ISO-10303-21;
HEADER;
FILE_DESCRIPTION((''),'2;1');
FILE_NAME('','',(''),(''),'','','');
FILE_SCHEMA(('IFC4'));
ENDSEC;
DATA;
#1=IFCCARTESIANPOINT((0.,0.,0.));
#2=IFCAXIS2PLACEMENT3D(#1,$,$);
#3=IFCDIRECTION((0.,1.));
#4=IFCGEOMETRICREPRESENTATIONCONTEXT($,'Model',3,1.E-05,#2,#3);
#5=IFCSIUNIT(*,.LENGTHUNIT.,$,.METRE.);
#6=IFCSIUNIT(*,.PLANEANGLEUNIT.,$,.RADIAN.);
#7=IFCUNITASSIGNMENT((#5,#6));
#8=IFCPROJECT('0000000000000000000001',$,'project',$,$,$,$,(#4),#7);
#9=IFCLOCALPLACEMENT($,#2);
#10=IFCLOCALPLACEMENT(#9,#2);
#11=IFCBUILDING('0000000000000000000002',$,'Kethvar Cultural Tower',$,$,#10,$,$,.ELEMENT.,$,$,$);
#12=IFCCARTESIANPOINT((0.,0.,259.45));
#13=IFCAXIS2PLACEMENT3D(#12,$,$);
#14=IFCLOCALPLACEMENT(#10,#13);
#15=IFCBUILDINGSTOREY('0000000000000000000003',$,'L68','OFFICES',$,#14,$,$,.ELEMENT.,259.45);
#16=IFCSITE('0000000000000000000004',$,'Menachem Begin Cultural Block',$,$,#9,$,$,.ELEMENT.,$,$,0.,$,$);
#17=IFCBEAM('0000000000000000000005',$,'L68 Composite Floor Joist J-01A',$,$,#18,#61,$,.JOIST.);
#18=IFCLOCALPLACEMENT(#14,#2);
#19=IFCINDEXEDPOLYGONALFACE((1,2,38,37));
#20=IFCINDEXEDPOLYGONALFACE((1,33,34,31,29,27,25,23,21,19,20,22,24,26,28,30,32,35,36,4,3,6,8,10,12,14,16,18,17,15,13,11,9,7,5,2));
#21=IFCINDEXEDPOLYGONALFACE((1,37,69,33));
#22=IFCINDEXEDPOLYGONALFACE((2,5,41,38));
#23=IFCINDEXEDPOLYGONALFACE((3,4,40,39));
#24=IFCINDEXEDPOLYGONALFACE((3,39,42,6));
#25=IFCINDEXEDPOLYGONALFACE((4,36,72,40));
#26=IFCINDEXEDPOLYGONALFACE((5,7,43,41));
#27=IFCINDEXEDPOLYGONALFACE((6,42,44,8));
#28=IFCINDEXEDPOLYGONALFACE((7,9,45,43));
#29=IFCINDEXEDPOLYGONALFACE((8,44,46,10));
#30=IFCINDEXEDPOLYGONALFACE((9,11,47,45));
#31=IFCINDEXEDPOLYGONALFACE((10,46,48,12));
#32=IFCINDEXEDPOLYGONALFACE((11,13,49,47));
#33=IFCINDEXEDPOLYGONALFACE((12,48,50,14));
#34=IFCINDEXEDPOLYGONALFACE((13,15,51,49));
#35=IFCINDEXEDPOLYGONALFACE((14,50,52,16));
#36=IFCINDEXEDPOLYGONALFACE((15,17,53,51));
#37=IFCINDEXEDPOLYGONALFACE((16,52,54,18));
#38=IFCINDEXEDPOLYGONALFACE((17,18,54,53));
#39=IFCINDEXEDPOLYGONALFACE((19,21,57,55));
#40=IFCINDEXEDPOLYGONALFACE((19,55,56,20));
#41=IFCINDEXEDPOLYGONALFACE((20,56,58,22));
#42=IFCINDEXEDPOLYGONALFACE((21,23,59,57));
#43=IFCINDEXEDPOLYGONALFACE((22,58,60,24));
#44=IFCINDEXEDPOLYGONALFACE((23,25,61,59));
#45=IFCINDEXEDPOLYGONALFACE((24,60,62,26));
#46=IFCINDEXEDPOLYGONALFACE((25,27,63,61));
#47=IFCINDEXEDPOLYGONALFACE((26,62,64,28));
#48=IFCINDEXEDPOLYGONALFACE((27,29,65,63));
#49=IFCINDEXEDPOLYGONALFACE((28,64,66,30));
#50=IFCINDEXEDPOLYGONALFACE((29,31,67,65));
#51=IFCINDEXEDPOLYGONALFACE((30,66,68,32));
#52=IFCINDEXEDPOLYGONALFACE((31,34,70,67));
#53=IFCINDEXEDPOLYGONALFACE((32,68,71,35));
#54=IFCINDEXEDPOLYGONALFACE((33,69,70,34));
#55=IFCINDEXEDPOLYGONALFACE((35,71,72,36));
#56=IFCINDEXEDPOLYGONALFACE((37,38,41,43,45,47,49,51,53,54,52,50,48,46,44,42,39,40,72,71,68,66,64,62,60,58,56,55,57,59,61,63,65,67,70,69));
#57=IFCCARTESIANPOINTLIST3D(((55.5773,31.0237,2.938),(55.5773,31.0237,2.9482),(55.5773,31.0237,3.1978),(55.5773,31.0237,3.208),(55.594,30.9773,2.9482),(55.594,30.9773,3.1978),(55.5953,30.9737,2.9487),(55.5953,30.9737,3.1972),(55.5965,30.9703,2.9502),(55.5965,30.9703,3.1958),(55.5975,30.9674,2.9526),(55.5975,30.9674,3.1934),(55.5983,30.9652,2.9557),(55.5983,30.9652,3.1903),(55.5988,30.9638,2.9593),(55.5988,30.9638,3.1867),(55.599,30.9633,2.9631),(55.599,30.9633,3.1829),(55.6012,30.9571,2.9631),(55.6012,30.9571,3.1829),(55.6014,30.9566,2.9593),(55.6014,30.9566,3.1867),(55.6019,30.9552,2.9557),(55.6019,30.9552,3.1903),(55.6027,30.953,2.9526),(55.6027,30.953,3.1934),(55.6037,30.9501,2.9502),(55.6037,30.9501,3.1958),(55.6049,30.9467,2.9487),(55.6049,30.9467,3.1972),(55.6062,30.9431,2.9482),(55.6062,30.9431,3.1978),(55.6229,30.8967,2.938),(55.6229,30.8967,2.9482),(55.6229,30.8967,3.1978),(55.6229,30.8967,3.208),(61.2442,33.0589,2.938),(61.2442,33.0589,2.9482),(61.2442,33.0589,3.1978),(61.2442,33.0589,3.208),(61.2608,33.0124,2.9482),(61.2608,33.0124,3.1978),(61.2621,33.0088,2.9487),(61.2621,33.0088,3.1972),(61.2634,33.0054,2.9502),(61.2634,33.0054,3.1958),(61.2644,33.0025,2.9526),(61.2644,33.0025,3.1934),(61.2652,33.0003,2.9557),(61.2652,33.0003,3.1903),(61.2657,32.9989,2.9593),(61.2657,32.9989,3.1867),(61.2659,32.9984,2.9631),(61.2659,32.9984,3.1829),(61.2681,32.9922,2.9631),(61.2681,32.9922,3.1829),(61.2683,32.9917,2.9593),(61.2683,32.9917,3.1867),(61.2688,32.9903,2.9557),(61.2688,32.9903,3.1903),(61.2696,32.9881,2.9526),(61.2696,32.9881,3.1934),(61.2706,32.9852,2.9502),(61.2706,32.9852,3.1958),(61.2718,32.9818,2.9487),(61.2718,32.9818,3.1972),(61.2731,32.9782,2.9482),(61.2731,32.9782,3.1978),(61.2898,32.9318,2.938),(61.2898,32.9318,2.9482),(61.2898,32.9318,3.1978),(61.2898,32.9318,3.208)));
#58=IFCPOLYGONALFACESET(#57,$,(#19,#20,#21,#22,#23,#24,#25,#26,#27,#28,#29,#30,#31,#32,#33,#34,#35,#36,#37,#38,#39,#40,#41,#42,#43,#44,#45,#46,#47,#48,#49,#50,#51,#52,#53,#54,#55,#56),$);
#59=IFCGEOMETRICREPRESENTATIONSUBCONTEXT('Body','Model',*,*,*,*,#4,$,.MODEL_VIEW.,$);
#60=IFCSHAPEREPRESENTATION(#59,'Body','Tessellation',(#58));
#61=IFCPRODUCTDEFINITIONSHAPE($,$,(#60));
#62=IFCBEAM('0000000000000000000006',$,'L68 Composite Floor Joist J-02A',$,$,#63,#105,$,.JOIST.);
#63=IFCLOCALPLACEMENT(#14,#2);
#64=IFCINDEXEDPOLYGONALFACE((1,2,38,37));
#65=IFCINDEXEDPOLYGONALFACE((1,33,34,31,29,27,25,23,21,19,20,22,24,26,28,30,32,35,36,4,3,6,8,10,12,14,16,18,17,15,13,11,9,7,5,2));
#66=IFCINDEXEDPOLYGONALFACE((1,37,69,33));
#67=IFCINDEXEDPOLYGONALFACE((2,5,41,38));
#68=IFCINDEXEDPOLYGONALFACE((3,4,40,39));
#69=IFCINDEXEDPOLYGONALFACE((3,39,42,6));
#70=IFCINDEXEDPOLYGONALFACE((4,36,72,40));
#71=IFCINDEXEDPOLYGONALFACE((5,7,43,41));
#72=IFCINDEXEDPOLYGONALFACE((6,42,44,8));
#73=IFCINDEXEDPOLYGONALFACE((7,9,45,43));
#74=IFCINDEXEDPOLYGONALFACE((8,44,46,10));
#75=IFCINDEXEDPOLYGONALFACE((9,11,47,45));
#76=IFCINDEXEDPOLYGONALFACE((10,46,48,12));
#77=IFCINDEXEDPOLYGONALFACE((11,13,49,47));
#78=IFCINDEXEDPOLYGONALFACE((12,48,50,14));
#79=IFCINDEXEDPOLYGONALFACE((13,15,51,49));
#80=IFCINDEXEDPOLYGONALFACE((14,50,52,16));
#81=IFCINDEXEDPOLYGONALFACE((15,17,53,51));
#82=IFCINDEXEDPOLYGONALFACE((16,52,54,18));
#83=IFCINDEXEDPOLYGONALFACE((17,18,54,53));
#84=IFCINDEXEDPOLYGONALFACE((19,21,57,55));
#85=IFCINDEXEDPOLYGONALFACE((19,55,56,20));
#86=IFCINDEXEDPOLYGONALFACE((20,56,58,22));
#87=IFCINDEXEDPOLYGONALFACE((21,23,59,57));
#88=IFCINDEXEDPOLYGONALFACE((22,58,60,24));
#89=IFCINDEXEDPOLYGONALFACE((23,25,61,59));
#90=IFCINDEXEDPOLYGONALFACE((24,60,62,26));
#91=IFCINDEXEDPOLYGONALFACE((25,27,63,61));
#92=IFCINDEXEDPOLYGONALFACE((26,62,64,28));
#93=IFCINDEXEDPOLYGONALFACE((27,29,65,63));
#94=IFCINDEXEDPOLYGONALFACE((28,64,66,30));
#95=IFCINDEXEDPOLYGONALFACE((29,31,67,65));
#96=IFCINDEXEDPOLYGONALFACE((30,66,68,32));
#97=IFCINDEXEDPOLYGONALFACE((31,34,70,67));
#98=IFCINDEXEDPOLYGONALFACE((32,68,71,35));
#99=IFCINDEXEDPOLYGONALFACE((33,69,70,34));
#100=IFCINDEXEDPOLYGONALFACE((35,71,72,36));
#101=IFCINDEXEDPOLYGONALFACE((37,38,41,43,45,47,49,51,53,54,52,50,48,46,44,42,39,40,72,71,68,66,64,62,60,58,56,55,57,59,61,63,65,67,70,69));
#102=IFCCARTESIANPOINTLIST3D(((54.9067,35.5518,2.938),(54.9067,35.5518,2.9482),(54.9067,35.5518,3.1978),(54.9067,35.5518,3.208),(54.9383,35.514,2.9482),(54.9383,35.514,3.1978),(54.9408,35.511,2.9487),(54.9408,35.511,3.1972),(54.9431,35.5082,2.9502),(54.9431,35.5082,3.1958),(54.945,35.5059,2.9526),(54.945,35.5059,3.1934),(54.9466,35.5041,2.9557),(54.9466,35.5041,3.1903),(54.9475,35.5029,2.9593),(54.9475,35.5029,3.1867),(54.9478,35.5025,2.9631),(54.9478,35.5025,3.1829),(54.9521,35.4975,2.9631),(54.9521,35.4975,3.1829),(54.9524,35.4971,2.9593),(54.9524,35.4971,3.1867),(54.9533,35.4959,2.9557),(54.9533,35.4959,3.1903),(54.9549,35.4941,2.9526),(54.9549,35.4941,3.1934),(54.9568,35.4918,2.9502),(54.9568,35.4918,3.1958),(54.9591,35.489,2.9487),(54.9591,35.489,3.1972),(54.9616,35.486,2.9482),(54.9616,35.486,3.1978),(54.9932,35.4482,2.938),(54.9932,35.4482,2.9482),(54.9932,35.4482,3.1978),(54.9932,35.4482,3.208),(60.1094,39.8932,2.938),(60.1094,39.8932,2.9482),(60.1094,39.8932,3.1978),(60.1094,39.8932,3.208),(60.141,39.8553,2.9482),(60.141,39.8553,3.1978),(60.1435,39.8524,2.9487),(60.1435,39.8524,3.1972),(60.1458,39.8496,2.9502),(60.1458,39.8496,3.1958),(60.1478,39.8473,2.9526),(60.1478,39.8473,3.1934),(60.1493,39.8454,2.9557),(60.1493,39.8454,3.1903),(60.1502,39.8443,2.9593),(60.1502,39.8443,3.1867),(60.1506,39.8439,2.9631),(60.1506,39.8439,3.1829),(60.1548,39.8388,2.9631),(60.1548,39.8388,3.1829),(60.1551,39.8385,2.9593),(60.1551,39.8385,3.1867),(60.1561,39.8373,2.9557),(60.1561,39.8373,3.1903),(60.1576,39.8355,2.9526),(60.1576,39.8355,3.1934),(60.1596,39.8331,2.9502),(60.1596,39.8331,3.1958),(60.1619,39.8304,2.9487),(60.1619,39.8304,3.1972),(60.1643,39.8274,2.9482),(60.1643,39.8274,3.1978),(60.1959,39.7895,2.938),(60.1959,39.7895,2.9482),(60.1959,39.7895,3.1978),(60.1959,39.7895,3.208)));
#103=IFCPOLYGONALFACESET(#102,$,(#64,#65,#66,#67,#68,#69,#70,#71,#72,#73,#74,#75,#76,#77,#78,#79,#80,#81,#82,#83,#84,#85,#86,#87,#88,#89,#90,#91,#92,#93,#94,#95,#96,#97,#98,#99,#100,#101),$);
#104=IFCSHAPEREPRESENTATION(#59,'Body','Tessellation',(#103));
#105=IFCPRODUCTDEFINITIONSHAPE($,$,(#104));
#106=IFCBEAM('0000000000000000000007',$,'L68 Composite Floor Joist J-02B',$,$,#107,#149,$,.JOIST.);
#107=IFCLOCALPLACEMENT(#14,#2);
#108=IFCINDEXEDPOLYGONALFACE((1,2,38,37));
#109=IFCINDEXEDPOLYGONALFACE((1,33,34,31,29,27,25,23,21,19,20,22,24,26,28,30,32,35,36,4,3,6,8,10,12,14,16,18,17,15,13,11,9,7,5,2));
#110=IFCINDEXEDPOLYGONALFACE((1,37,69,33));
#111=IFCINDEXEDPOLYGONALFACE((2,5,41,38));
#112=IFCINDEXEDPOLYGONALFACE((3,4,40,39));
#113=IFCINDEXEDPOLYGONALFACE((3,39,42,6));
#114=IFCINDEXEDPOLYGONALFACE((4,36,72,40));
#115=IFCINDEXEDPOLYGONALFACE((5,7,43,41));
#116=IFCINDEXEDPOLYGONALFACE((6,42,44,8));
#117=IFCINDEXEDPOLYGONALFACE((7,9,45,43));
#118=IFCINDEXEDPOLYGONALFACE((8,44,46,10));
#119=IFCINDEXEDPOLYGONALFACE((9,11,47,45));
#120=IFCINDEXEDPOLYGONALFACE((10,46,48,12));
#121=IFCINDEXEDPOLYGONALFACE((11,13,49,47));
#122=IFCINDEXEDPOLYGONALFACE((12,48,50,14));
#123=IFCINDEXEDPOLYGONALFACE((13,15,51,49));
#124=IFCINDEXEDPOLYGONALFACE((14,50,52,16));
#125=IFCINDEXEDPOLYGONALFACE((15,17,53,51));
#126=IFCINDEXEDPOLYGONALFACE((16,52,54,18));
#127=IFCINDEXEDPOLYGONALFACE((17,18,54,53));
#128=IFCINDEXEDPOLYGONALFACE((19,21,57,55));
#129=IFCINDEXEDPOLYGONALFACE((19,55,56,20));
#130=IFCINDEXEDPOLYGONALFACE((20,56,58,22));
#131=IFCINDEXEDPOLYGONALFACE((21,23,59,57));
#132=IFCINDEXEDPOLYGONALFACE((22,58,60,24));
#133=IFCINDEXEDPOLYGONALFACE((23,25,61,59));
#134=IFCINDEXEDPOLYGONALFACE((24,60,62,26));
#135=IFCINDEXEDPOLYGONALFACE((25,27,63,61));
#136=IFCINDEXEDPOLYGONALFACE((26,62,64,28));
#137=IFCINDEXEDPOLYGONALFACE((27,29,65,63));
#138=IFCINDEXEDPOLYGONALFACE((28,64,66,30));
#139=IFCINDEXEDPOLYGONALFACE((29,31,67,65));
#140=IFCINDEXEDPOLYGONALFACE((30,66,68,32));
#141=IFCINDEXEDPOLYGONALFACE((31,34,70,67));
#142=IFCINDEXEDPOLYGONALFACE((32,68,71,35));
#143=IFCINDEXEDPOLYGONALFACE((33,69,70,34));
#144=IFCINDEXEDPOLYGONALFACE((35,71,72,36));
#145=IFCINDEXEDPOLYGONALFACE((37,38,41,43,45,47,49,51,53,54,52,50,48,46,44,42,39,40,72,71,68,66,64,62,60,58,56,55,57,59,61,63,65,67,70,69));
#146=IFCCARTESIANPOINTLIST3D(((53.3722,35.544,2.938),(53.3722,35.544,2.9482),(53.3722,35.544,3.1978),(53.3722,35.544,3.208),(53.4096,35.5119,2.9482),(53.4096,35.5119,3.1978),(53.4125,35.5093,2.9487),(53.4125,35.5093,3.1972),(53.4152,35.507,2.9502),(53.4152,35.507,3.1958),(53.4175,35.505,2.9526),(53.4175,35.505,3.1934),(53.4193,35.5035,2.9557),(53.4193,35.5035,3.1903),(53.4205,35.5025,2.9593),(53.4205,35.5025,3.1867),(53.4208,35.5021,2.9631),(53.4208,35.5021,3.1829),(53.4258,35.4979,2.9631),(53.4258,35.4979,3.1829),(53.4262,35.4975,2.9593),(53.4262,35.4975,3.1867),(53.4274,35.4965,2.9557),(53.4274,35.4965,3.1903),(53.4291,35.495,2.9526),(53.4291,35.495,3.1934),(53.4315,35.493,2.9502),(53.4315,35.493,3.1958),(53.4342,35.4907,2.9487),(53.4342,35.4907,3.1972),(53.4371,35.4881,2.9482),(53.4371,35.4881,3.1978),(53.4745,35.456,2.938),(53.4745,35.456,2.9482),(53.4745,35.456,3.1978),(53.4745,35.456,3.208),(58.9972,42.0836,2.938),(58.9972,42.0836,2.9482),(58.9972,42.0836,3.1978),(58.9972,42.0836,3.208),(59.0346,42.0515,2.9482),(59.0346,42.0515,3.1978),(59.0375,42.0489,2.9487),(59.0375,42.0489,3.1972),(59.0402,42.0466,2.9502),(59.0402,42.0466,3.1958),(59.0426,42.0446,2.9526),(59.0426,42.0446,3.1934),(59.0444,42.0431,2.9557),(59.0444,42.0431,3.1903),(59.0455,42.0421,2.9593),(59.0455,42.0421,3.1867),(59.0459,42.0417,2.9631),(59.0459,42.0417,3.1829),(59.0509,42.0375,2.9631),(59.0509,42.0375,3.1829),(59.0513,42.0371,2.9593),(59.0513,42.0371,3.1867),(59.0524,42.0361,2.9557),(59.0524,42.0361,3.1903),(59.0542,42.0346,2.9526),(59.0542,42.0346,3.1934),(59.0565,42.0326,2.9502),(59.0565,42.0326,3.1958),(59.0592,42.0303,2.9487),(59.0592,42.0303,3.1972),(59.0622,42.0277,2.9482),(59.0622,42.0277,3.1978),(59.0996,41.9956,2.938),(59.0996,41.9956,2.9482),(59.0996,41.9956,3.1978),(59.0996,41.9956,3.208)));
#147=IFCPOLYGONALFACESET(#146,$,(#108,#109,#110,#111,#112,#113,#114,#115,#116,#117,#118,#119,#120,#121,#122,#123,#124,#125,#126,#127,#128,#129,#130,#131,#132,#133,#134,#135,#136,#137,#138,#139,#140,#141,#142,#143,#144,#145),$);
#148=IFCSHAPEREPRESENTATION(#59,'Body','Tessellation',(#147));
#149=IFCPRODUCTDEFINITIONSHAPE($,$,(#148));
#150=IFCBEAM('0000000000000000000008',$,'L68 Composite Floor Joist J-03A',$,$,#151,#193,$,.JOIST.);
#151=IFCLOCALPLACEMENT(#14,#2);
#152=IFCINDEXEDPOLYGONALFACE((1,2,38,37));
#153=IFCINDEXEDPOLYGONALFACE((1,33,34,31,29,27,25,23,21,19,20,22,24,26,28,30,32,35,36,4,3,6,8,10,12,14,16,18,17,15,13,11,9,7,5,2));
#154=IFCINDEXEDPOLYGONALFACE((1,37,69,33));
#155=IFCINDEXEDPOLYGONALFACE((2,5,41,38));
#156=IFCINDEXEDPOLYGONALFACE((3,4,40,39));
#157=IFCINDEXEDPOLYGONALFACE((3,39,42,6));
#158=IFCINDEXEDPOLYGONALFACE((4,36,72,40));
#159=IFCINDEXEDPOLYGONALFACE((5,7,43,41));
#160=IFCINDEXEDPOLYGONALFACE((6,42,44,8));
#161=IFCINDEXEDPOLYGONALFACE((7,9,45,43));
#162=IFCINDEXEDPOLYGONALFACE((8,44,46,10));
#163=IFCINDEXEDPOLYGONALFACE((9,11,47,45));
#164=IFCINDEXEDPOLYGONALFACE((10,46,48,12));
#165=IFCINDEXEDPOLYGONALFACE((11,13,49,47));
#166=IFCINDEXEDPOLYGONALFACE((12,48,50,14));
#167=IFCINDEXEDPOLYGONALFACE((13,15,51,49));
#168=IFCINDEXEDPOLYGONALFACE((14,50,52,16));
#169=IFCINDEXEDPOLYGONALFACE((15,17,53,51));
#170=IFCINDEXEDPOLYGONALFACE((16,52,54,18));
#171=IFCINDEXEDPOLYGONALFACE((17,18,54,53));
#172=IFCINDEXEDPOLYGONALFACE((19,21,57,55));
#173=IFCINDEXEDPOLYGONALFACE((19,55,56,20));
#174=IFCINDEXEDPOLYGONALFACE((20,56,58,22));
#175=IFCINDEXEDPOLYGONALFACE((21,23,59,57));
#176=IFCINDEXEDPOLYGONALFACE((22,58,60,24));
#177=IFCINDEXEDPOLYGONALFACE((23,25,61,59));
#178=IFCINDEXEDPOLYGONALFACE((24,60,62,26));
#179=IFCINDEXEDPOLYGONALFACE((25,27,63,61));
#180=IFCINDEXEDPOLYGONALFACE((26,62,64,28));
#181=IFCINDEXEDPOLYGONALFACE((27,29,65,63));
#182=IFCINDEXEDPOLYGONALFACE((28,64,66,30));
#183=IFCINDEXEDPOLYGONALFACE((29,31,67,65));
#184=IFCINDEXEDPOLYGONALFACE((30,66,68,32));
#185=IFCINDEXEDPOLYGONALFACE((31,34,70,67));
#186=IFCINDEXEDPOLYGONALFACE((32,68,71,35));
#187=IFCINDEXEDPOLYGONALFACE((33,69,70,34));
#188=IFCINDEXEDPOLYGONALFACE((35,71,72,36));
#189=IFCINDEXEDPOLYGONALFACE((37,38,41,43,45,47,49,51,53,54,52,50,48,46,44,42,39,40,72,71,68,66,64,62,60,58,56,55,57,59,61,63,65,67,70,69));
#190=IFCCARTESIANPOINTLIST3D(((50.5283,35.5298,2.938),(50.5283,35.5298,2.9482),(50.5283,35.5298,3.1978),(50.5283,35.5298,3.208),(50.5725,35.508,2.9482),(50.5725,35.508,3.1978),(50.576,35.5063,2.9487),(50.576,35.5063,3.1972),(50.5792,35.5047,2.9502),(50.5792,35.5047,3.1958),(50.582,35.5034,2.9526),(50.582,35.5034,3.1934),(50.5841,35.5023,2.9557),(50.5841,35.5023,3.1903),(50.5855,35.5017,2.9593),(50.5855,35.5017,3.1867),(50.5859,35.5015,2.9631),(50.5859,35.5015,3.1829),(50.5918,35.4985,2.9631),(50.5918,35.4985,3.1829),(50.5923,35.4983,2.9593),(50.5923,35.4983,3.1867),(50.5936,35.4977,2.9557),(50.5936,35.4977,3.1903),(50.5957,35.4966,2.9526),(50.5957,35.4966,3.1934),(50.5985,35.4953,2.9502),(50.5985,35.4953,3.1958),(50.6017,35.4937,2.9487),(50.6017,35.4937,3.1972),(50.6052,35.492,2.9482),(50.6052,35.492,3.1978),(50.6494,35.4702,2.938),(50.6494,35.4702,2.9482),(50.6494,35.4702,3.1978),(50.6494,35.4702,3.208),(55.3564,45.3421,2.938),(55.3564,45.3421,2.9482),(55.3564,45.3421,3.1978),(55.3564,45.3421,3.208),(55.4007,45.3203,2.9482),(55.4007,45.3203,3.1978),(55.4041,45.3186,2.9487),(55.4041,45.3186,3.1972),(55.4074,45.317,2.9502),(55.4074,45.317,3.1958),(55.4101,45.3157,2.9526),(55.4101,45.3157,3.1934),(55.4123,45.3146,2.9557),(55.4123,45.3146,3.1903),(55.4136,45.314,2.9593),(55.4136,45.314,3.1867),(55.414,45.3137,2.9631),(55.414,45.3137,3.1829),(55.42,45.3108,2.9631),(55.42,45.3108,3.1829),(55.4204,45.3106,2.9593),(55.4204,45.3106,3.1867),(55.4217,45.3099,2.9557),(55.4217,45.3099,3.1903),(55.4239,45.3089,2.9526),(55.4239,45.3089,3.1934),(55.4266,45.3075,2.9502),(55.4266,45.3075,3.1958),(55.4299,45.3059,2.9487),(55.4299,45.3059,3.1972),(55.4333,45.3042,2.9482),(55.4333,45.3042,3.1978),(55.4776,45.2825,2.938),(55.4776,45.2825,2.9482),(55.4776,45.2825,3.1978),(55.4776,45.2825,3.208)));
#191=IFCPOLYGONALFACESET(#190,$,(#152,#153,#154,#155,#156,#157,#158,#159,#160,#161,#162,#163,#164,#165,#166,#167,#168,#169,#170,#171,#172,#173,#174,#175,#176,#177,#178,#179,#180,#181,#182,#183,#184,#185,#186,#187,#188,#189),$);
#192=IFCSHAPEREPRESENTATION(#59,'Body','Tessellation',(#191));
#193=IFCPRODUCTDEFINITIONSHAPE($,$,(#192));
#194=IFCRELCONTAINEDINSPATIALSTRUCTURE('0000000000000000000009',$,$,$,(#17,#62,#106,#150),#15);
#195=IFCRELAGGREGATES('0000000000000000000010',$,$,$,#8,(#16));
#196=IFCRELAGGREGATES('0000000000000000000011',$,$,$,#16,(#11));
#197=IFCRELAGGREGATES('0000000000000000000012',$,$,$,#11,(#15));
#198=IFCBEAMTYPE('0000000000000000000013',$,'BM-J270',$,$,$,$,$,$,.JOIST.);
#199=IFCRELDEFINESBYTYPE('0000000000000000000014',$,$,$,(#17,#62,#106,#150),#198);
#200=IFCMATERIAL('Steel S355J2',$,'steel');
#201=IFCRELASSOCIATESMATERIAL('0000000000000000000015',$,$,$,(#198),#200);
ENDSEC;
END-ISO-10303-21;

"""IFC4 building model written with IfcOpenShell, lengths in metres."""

from ifc_helpers import new_model, si_unit, direction, frame, origin, origin_2d, place, context, subcontext, project, spatial, i_section, extrude, source, transform, mapped, material, material_profile, profile_set, type_object, element, save


model = new_model("IFC4")

# Units and contexts
model_context = context("Model", 3, precision=1e-05, world=origin(), true_north=direction((0.0, 1.0)))
body_context = subcontext(model_context, "Body", "Model", "MODEL_VIEW")
ifc_project = project(units=[si_unit("LENGTHUNIT", "METRE"), si_unit("PLANEANGLEUNIT", "RADIAN")], contexts=[model_context])

# Site, building, storey
site_placement = place(None, origin())
site = spatial("IfcSite", under=ifc_project, at=site_placement, Name="Menachem Begin Cultural Block", CompositionType="ELEMENT", RefElevation=0.0)
building_placement = place(site_placement, origin())
building = spatial("IfcBuilding", under=site, at=building_placement, Name="Kethvar Cultural Tower", CompositionType="ELEMENT")
storey_placement = place(building_placement, frame((0.0, 0.0, 259.45)))
storey = spatial("IfcBuildingStorey", under=building, at=storey_placement, Name="L68", Description="OFFICES", CompositionType="ELEMENT", Elevation=259.45)

# Beams
ifc_material_1 = material(Name="Steel S355J2", Category="steel")
ifc_material_profile_1 = material_profile(ifc_material_1, i_section(OverallWidth=0.135, OverallDepth=0.27, WebThickness=0.0066, FlangeThickness=0.0103, FilletRadius=0.0149, at=origin_2d()), Name="Steel S355J2 — IPE270")
ifc_profile_set_1 = profile_set([ifc_material_profile_1], Name="Steel S355J2 — IPE270")
beam_type_1 = type_object("IfcBeamType", Name="BM-J270", PredefinedType="JOIST", material=ifc_profile_set_1)
shared_shape_1 = source(origin(), body_context, "Body", "SweptSolid", [
    extrude(i_section(OverallWidth=0.135, OverallDepth=0.27, WebThickness=0.0066, FlangeThickness=0.0103, FilletRadius=0.0149, at=origin_2d()), origin(), (0.0, 0.0, 1.0), 6.0212),
])
beam_1_placement = place(storey_placement, frame((55.6001, 30.9602, 3.073), z_axis=(0.94115, 0.33799, 0.0), x_axis=(-0.33799, 0.94115, 0.0)))
element("IfcBeam", 1, at=beam_1_placement, inside=storey, type_object=beam_type_1, Name="L68 Composite Floor Joist J-01A", PredefinedType="JOIST", context=body_context, shape_type="MappedRepresentation", body=[
    mapped(shared_shape_1, transform((0.0, 0.0, 0.0), scale=1.0)),
])
shared_shape_2 = source(origin(), body_context, "Body", "SweptSolid", [
    extrude(i_section(OverallWidth=0.135, OverallDepth=0.27, WebThickness=0.0066, FlangeThickness=0.0103, FilletRadius=0.0149, at=origin_2d()), origin(), (0.0, 0.0, 1.0), 6.7761),
])
beam_2_placement = place(storey_placement, frame((54.95, 35.5, 3.073), z_axis=(0.767802, 0.640688, 0.0), x_axis=(-0.640688, 0.767802, 0.0)))
element("IfcBeam", 2, at=beam_2_placement, inside=storey, type_object=beam_type_1, Name="L68 Composite Floor Joist J-02A", PredefinedType="JOIST", context=body_context, shape_type="MappedRepresentation", body=[
    mapped(shared_shape_2, transform((0.0, 0.0, 0.0), scale=1.0)),
])
shared_shape_3 = source(origin(), body_context, "Body", "SweptSolid", [
    extrude(i_section(OverallWidth=0.135, OverallDepth=0.27, WebThickness=0.0066, FlangeThickness=0.0103, FilletRadius=0.0149, at=origin_2d()), origin(), (0.0, 0.0, 1.0), 8.626),
])
beam_3_placement = place(storey_placement, frame((53.4233, 35.5, 3.073), z_axis=(0.652105, 0.758129, 0.0), x_axis=(-0.758129, 0.652105, 0.0)))
element("IfcBeam", 3, at=beam_3_placement, inside=storey, type_object=beam_type_1, Name="L68 Composite Floor Joist J-02B", PredefinedType="JOIST", context=body_context, shape_type="MappedRepresentation", body=[
    mapped(shared_shape_3, transform((0.0, 0.0, 0.0), scale=1.0)),
])
shared_shape_4 = source(origin(), body_context, "Body", "SweptSolid", [
    extrude(i_section(OverallWidth=0.135, OverallDepth=0.27, WebThickness=0.0066, FlangeThickness=0.0103, FilletRadius=0.0149, at=origin_2d()), origin(), (0.0, 0.0, 1.0), 10.9358),
])
beam_4_placement = place(storey_placement, frame((50.5889, 35.5, 3.073), z_axis=(0.441498, 0.897262, 0.0), x_axis=(-0.897262, 0.441498, 0.0)))
element("IfcBeam", 4, at=beam_4_placement, inside=storey, type_object=beam_type_1, Name="L68 Composite Floor Joist J-03A", PredefinedType="JOIST", context=body_context, shape_type="MappedRepresentation", body=[
    mapped(shared_shape_4, transform((0.0, 0.0, 0.0), scale=1.0)),
])

save(model, "model.ifc")
